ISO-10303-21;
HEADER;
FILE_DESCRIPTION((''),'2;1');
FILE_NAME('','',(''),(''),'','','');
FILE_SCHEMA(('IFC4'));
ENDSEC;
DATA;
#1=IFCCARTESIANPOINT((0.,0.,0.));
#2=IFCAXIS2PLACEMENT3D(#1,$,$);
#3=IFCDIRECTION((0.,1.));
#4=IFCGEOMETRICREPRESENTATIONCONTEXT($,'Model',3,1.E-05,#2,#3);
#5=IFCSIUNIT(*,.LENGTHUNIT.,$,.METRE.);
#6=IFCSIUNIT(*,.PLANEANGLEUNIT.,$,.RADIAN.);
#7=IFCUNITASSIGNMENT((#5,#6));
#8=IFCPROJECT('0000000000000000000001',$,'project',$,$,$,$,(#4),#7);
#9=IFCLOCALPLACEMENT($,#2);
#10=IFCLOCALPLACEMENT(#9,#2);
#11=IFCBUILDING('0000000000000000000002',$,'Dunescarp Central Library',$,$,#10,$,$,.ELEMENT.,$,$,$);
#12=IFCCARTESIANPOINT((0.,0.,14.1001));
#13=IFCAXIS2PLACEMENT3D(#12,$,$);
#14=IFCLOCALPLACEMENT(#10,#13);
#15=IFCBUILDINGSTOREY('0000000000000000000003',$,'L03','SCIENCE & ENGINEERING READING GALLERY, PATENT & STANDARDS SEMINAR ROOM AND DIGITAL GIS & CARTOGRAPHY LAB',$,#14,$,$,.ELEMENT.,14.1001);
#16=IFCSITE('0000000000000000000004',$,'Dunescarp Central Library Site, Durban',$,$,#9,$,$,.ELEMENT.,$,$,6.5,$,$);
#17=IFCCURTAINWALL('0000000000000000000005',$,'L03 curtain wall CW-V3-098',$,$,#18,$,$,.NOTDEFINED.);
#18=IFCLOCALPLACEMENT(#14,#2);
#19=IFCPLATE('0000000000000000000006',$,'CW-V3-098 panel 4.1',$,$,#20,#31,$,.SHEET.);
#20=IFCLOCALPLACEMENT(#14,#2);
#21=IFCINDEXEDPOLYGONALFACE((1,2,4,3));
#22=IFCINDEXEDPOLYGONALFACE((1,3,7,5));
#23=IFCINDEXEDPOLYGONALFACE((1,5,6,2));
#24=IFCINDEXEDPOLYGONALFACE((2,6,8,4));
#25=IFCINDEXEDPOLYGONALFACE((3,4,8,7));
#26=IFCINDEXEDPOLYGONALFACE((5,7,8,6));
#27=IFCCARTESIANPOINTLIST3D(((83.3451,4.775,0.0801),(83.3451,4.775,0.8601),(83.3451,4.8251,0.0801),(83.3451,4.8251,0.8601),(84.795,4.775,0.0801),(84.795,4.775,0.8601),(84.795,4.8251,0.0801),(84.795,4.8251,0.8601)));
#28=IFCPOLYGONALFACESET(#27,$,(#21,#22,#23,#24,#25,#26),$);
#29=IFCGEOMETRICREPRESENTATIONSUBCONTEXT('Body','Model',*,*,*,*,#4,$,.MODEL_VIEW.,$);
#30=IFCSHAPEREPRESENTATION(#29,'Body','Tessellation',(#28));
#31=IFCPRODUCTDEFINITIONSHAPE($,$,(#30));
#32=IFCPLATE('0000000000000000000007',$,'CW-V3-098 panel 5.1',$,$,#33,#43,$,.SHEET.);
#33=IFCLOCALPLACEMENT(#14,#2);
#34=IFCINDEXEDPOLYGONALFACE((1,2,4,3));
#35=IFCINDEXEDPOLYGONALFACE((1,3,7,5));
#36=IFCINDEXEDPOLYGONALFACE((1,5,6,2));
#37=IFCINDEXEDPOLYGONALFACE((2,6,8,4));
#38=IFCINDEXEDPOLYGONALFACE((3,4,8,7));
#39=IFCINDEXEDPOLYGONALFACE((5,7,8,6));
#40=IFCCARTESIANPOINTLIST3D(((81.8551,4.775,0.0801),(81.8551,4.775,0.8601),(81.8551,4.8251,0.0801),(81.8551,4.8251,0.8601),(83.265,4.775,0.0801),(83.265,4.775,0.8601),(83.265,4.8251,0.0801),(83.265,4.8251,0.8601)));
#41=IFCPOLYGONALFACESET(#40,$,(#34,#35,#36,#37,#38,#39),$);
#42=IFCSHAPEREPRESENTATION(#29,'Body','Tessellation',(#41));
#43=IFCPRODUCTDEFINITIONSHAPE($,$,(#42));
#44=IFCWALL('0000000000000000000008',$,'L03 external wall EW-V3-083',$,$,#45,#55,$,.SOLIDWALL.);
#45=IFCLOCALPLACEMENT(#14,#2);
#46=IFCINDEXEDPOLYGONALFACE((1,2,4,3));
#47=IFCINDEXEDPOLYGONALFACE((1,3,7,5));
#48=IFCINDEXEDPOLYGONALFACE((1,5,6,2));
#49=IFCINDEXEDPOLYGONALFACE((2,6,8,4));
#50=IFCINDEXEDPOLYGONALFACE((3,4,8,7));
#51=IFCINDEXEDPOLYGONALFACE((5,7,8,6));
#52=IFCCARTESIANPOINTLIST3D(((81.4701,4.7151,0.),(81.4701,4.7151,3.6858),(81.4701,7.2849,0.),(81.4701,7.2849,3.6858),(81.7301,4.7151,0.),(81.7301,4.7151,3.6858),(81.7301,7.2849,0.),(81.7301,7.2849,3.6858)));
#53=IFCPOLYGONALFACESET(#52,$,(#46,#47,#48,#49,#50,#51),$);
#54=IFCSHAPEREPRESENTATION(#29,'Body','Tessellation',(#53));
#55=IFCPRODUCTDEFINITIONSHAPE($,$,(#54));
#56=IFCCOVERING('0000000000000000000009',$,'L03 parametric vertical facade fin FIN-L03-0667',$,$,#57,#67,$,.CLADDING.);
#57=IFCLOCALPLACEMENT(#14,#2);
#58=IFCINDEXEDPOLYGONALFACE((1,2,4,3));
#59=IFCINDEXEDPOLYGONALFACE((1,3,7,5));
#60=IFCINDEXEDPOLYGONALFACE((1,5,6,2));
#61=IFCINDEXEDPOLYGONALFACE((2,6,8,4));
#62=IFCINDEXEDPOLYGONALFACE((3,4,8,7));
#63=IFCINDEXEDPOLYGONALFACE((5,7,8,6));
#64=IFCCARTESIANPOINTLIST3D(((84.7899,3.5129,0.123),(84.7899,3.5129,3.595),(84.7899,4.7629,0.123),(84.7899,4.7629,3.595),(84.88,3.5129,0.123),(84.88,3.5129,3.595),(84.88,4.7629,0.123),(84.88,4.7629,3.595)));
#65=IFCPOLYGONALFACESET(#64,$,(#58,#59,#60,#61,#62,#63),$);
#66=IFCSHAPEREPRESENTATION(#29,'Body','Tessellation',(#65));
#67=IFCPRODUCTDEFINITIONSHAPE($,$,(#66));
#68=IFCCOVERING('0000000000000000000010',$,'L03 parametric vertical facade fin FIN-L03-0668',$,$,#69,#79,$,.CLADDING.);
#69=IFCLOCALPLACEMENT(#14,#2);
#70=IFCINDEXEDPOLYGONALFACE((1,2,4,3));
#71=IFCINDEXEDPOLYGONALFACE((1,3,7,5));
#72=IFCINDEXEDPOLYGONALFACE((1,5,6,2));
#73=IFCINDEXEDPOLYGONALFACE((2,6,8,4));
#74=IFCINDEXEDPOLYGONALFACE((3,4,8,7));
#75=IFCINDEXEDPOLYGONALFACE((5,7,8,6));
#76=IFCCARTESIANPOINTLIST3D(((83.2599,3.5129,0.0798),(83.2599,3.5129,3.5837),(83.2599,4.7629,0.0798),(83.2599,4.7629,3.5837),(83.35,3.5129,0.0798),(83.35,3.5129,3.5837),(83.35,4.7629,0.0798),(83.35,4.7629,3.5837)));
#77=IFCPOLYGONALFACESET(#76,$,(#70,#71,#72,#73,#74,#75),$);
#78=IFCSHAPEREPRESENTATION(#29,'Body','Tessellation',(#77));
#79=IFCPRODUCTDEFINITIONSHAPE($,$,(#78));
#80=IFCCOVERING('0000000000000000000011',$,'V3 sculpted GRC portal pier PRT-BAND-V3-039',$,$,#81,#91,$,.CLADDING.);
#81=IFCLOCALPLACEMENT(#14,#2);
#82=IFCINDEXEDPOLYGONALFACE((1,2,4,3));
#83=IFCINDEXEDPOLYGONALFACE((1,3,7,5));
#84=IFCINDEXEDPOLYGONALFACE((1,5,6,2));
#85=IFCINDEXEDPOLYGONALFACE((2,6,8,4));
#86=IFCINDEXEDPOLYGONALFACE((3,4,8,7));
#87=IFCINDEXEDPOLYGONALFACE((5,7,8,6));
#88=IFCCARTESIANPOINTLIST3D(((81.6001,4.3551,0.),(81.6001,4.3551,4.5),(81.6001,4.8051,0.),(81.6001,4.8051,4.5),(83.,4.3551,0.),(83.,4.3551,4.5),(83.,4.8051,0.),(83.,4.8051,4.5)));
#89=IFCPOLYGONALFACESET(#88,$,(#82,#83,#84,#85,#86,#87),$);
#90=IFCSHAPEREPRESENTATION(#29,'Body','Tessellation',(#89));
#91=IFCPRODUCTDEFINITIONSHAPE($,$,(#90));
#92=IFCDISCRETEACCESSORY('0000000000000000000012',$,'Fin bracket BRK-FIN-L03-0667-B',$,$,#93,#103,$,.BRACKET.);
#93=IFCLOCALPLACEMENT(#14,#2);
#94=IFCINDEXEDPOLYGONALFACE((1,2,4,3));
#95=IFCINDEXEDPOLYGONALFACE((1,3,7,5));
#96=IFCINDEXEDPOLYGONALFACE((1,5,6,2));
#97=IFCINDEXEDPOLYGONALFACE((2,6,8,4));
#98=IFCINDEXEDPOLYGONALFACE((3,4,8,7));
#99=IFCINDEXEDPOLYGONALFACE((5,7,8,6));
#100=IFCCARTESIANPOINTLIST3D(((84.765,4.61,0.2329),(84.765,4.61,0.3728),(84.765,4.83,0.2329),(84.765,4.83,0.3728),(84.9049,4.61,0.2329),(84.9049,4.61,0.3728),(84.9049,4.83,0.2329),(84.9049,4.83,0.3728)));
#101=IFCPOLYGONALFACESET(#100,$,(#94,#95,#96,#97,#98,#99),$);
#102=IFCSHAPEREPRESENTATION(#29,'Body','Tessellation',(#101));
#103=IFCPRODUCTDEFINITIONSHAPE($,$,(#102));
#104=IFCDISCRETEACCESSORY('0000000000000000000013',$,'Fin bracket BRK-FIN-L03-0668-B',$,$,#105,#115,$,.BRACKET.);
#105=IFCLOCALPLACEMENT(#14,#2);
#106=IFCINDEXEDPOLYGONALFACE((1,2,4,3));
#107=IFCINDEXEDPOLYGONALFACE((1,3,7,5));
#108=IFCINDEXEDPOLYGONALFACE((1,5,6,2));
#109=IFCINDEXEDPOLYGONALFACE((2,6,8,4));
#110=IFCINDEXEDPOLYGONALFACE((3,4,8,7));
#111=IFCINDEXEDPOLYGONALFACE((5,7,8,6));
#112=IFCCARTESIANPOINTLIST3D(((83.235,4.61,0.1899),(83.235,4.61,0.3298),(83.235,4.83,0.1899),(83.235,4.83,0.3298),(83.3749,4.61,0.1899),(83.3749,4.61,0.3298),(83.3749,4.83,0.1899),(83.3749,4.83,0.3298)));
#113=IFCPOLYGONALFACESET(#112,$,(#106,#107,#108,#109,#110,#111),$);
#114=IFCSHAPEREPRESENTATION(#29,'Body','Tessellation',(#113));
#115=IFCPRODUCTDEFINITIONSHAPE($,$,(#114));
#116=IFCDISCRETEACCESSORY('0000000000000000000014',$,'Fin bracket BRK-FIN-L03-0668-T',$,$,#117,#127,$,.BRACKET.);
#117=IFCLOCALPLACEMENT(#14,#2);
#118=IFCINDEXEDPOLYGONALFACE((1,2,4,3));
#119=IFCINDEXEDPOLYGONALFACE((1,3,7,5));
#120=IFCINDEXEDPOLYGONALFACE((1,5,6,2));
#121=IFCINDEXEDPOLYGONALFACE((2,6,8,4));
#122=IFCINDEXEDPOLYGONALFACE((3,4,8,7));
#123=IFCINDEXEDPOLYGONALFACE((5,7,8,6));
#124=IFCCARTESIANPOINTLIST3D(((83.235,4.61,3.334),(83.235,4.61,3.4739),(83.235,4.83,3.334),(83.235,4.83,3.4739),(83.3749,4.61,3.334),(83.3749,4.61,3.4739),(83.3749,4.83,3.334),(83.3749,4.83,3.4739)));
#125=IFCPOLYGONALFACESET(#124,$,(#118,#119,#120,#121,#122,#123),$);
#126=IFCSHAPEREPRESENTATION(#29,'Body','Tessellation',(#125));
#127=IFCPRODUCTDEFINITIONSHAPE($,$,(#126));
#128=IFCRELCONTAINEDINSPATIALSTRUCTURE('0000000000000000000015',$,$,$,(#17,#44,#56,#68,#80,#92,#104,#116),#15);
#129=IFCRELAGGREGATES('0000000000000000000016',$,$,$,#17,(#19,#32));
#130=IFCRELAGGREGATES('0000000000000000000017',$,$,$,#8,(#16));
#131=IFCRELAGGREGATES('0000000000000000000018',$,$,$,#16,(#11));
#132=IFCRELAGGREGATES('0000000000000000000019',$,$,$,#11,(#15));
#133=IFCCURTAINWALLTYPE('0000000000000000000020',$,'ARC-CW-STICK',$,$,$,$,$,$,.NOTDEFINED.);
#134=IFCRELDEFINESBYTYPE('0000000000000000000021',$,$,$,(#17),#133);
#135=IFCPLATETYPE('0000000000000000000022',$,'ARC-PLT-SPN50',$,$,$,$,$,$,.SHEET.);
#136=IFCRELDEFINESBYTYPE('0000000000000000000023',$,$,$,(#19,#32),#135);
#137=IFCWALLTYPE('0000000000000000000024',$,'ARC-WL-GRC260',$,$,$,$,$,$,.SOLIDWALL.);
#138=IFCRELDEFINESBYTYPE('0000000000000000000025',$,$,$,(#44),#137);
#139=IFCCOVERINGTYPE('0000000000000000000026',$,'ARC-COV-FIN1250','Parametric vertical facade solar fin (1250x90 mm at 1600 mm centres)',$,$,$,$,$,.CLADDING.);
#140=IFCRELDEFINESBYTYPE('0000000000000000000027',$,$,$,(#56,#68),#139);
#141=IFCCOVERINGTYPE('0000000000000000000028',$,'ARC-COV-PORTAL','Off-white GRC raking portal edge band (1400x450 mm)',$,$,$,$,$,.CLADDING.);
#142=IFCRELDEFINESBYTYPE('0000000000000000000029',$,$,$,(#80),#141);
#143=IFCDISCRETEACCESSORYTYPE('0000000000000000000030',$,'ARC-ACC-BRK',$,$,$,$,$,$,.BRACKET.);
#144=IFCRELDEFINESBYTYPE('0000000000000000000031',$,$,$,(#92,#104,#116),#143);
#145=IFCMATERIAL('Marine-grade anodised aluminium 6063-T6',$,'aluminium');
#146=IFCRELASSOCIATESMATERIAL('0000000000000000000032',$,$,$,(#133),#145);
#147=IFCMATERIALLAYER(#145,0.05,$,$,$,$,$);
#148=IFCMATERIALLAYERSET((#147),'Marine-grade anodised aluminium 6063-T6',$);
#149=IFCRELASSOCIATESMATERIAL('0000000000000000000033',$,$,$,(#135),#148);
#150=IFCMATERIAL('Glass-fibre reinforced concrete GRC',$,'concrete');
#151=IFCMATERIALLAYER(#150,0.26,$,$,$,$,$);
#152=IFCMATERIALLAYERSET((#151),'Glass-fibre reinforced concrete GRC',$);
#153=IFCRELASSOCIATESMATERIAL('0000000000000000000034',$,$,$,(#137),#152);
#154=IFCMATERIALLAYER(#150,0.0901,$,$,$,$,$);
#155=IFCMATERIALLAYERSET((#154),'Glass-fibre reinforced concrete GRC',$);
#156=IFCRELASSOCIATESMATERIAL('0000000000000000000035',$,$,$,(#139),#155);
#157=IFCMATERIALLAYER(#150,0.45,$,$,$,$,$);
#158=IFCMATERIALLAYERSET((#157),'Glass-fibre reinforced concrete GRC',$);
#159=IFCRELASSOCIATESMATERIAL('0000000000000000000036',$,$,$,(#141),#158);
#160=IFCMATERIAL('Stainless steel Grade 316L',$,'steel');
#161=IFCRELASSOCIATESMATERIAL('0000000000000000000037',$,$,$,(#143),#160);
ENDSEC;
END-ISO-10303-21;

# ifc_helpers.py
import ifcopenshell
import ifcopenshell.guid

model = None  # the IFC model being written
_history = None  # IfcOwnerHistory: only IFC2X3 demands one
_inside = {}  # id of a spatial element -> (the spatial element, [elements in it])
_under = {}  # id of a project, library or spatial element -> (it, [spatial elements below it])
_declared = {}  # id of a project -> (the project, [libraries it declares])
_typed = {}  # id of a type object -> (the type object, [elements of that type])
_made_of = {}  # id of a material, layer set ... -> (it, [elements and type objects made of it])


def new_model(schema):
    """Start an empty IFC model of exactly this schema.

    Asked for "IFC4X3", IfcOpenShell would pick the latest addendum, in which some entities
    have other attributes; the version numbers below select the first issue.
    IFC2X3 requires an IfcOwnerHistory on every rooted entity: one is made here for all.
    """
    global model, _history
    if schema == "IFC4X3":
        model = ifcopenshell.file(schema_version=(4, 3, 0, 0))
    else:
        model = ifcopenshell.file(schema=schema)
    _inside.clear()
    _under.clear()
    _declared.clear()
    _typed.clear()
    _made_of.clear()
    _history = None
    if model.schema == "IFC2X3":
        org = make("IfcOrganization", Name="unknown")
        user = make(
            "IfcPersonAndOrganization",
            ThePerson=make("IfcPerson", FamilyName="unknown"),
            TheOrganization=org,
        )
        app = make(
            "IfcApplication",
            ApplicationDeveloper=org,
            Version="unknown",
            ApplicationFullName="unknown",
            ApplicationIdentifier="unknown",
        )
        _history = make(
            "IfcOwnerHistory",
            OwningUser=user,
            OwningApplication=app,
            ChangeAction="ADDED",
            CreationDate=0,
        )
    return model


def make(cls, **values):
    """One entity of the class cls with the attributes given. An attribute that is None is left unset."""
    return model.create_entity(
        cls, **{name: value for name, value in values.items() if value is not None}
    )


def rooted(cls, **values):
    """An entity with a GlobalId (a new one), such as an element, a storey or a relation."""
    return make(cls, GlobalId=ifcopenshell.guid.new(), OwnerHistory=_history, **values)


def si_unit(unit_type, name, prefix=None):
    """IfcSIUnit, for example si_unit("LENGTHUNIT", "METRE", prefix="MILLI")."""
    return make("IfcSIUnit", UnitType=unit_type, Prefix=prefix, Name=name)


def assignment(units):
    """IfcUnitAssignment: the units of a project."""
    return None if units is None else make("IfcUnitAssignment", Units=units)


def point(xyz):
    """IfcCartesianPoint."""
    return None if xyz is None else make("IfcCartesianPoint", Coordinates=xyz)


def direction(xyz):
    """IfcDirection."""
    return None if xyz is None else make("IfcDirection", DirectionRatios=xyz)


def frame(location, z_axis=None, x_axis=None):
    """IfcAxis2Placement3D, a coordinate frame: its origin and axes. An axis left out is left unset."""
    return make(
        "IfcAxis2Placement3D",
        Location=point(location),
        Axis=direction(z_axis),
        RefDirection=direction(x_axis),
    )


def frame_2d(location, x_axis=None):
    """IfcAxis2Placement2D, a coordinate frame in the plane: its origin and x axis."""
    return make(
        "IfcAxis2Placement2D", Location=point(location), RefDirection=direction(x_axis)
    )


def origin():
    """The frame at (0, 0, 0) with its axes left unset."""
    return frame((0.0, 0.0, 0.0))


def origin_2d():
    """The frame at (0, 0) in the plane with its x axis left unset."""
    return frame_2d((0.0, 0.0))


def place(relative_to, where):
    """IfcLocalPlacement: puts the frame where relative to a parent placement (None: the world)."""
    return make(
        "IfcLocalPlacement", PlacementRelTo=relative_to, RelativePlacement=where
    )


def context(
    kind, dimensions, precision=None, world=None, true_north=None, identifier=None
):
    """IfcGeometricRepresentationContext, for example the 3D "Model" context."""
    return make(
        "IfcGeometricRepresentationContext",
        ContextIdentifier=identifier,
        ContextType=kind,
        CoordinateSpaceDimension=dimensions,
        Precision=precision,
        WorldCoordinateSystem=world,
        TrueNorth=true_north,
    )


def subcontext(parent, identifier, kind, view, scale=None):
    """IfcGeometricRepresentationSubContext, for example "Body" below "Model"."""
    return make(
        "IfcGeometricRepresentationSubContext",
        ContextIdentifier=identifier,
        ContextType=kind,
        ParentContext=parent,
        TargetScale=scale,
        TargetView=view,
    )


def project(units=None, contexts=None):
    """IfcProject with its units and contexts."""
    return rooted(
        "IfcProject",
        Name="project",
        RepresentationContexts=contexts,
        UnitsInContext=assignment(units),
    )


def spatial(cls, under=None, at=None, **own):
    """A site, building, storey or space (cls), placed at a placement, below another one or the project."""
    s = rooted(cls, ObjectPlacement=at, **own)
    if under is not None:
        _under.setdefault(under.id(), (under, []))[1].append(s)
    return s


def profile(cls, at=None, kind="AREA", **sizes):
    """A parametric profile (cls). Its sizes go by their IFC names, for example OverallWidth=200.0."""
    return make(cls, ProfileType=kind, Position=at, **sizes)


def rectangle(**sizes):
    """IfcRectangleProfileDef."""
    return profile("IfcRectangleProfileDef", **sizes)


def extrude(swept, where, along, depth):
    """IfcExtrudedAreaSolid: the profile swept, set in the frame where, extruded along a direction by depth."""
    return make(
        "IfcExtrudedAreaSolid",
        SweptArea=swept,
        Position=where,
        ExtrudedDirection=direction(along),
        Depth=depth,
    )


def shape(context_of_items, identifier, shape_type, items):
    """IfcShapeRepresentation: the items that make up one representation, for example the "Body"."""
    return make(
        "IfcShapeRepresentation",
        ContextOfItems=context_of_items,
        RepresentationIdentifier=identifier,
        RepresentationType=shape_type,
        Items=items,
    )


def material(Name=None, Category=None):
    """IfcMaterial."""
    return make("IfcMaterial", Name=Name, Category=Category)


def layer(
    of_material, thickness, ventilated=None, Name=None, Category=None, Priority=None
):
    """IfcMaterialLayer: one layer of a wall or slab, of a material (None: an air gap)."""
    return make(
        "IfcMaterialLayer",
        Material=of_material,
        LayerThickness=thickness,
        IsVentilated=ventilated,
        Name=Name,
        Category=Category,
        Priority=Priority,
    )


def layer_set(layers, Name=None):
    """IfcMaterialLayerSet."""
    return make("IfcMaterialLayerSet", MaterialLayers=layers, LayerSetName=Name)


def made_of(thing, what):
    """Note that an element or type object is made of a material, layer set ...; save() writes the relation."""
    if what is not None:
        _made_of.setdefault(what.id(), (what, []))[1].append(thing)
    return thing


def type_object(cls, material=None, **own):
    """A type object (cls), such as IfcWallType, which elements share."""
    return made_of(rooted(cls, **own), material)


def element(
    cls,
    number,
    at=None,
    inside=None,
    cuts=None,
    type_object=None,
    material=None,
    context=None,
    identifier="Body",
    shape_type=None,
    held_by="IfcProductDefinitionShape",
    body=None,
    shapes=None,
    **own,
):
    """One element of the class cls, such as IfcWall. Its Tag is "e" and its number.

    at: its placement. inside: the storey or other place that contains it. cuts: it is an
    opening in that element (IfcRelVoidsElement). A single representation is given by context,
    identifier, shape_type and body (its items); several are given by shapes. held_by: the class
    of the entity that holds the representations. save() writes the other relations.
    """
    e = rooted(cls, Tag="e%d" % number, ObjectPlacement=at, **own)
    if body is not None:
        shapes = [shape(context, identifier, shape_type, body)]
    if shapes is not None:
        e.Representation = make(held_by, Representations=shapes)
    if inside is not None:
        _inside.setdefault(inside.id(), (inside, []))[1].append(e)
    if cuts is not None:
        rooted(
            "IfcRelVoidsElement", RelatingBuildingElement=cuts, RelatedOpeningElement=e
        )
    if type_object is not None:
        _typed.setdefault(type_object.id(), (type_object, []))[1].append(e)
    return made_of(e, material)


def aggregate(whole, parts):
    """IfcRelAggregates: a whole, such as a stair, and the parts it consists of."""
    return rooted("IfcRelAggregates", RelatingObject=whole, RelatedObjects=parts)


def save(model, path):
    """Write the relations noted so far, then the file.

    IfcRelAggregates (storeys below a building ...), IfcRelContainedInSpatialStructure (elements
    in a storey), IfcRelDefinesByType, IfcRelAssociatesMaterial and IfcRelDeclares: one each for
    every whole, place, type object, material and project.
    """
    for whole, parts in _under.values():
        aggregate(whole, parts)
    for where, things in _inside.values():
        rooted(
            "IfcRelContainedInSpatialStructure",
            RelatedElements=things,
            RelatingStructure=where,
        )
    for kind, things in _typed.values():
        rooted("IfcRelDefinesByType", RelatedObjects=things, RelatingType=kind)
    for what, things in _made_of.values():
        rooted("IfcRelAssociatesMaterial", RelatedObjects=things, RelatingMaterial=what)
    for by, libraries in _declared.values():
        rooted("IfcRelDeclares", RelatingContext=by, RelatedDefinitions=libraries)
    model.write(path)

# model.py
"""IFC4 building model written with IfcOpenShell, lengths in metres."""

from ifc_helpers import new_model, si_unit, direction, frame, frame_2d, origin, origin_2d, place, context, subcontext, project, spatial, rectangle, extrude, material, layer, layer_set, type_object, element, aggregate, save


model = new_model("IFC4")

# Units and contexts
model_context = context("Model", 3, precision=1e-05, world=origin(), true_north=direction((0.0, 1.0)))
body_context = subcontext(model_context, "Body", "Model", "MODEL_VIEW")
ifc_project = project(units=[si_unit("LENGTHUNIT", "METRE"), si_unit("PLANEANGLEUNIT", "RADIAN")], contexts=[model_context])

# Site, building, storey
site_placement = place(None, origin())
site = spatial("IfcSite", under=ifc_project, at=site_placement, Name="Dunescarp Central Library Site, Durban", CompositionType="ELEMENT", RefElevation=6.5)
building_placement = place(site_placement, origin())
building = spatial("IfcBuilding", under=site, at=building_placement, Name="Dunescarp Central Library", CompositionType="ELEMENT")
storey_placement = place(building_placement, frame((0.0, 0.0, 14.1001)))
storey = spatial("IfcBuildingStorey", under=building, at=storey_placement, Name="L03", Description="SCIENCE & ENGINEERING READING GALLERY, PATENT & STANDARDS SEMINAR ROOM AND DIGITAL GIS & CARTOGRAPHY LAB", CompositionType="ELEMENT", Elevation=14.1001)

# Curtain wall
ifc_material_1 = material(Name="Marine-grade anodised aluminium 6063-T6", Category="aluminium")
curtain_wall_type = type_object("IfcCurtainWallType", Name="ARC-CW-STICK", PredefinedType="NOTDEFINED", material=ifc_material_1)
curtain_wall_placement = place(storey_placement, origin())
curtain_wall = element("IfcCurtainWall", 1, at=curtain_wall_placement, inside=storey, type_object=curtain_wall_type, Name="L03 curtain wall CW-V3-098", PredefinedType="NOTDEFINED")

# Plates
ifc_layer_1 = layer(ifc_material_1, 0.05)
ifc_layer_set_1 = layer_set([ifc_layer_1], Name="Marine-grade anodised aluminium 6063-T6")
plate_type_1 = type_object("IfcPlateType", Name="ARC-PLT-SPN50", PredefinedType="SHEET", material=ifc_layer_set_1)
plate_1_placement = place(storey_placement, frame((84.0701, 4.8, 0.0801), z_axis=(0.0, 0.0, 1.0), x_axis=(-1.0, 0.0, 0.0)))
plate_1 = element("IfcPlate", 2, at=plate_1_placement, type_object=plate_type_1, Name="CW-V3-098 panel 4.1", PredefinedType="SHEET", context=body_context, shape_type="SweptSolid", body=[
    extrude(rectangle(XDim=1.45, YDim=0.05, at=origin_2d()), origin(), (0.0, 0.0, 1.0), 0.78),
])
plate_2_placement = place(storey_placement, frame((82.5601, 4.8, 0.0801), z_axis=(0.0, 0.0, 1.0), x_axis=(-1.0, 0.0, 0.0)))
plate_2 = element("IfcPlate", 3, at=plate_2_placement, type_object=plate_type_1, Name="CW-V3-098 panel 5.1", PredefinedType="SHEET", context=body_context, shape_type="SweptSolid", body=[
    extrude(rectangle(XDim=1.4099, YDim=0.05, at=origin_2d()), origin(), (0.0, 0.0, 1.0), 0.78),
])
aggregate(curtain_wall, [plate_1, plate_2])

# Wall
ifc_material_2 = material(Name="Glass-fibre reinforced concrete GRC", Category="concrete")
ifc_layer_2 = layer(ifc_material_2, 0.26)
ifc_layer_set_2 = layer_set([ifc_layer_2], Name="Glass-fibre reinforced concrete GRC")
wall_type = type_object("IfcWallType", Name="ARC-WL-GRC260", PredefinedType="SOLIDWALL", material=ifc_layer_set_2)
wall_placement = place(storey_placement, frame((81.6001, 4.7151, 0.0), z_axis=(0.0, 0.0, 1.0), x_axis=(0.0, 1.0, 0.0)))
element("IfcWall", 4, at=wall_placement, inside=storey, type_object=wall_type, Name="L03 external wall EW-V3-083", PredefinedType="SOLIDWALL", context=body_context, shape_type="SweptSolid", body=[
    extrude(rectangle(XDim=2.5698, YDim=0.26, at=frame_2d((1.2849, 0.0))), origin(), (0.0, 0.0, 1.0), 3.6858),
])

# Coverings
ifc_layer_3 = layer(ifc_material_2, 0.0901)
ifc_layer_set_3 = layer_set([ifc_layer_3], Name="Glass-fibre reinforced concrete GRC")
covering_type_1 = type_object("IfcCoveringType", Name="ARC-COV-FIN1250", Description="Parametric vertical facade solar fin (1250x90 mm at 1600 mm centres)", PredefinedType="CLADDING", material=ifc_layer_set_3)
covering_1_placement = place(storey_placement, frame((84.835, 4.1379, 0.123), z_axis=(0.0, 0.0, 1.0), x_axis=(0.0, -1.0, 0.0)))
element("IfcCovering", 5, at=covering_1_placement, inside=storey, type_object=covering_type_1, Name="L03 parametric vertical facade fin FIN-L03-0667", PredefinedType="CLADDING", context=body_context, shape_type="SweptSolid", body=[
    extrude(rectangle(XDim=1.25, YDim=0.0901, at=origin_2d()), origin(), (0.0, 0.0, 1.0), 3.4719),
])
covering_2_placement = place(storey_placement, frame((83.3049, 4.1379, 0.0798), z_axis=(0.0, 0.0, 1.0), x_axis=(0.0, -1.0, 0.0)))
element("IfcCovering", 6, at=covering_2_placement, inside=storey, type_object=covering_type_1, Name="L03 parametric vertical facade fin FIN-L03-0668", PredefinedType="CLADDING", context=body_context, shape_type="SweptSolid", body=[
    extrude(rectangle(XDim=1.25, YDim=0.0901, at=origin_2d()), origin(), (0.0, 0.0, 1.0), 3.5039),
])
ifc_layer_4 = layer(ifc_material_2, 0.45)
ifc_layer_set_4 = layer_set([ifc_layer_4], Name="Glass-fibre reinforced concrete GRC")
covering_type_2 = type_object("IfcCoveringType", Name="ARC-COV-PORTAL", Description="Off-white GRC raking portal edge band (1400x450 mm)", PredefinedType="CLADDING", material=ifc_layer_set_4)
covering_3_placement = place(storey_placement, frame((82.3, 4.5801, 0.0), z_axis=(0.0, 0.0, 1.0), x_axis=(1.0, 0.0, 0.0)))
element("IfcCovering", 7, at=covering_3_placement, inside=storey, type_object=covering_type_2, Name="V3 sculpted GRC portal pier PRT-BAND-V3-039", PredefinedType="CLADDING", context=body_context, shape_type="SweptSolid", body=[
    extrude(rectangle(XDim=1.3999, YDim=0.45, at=origin_2d()), origin(), (0.0, 0.0, 1.0), 4.5),
])

# Discrete accessories
ifc_material_3 = material(Name="Stainless steel Grade 316L", Category="steel")
discrete_accessory_type = type_object("IfcDiscreteAccessoryType", Name="ARC-ACC-BRK", PredefinedType="BRACKET", material=ifc_material_3)
for number, where, z_axis, x_axis, name in (
    (8, (84.835, 4.72, 0.2329), (0.0, 0.0, 1.0), (0.0, -1.0, 0.0), "Fin bracket BRK-FIN-L03-0667-B"),
    (9, (83.3049, 4.72, 0.1899), (0.0, 0.0, 1.0), (0.0, -1.0, 0.0), "Fin bracket BRK-FIN-L03-0668-B"),
    (10, (83.3049, 4.72, 3.334), (0.0, 0.0, 1.0), (0.0, -1.0, 0.0), "Fin bracket BRK-FIN-L03-0668-T"),
):
    element("IfcDiscreteAccessory", number, at=place(storey_placement, frame(where, z_axis=z_axis, x_axis=x_axis)), inside=storey, type_object=discrete_accessory_type, Name=name, PredefinedType="BRACKET", context=body_context, shape_type="SweptSolid", body=[
        extrude(rectangle(XDim=0.22, YDim=0.1399, at=origin_2d()), origin(), (0.0, 0.0, 1.0), 0.1399),
    ])

save(model, "model.ifc")
